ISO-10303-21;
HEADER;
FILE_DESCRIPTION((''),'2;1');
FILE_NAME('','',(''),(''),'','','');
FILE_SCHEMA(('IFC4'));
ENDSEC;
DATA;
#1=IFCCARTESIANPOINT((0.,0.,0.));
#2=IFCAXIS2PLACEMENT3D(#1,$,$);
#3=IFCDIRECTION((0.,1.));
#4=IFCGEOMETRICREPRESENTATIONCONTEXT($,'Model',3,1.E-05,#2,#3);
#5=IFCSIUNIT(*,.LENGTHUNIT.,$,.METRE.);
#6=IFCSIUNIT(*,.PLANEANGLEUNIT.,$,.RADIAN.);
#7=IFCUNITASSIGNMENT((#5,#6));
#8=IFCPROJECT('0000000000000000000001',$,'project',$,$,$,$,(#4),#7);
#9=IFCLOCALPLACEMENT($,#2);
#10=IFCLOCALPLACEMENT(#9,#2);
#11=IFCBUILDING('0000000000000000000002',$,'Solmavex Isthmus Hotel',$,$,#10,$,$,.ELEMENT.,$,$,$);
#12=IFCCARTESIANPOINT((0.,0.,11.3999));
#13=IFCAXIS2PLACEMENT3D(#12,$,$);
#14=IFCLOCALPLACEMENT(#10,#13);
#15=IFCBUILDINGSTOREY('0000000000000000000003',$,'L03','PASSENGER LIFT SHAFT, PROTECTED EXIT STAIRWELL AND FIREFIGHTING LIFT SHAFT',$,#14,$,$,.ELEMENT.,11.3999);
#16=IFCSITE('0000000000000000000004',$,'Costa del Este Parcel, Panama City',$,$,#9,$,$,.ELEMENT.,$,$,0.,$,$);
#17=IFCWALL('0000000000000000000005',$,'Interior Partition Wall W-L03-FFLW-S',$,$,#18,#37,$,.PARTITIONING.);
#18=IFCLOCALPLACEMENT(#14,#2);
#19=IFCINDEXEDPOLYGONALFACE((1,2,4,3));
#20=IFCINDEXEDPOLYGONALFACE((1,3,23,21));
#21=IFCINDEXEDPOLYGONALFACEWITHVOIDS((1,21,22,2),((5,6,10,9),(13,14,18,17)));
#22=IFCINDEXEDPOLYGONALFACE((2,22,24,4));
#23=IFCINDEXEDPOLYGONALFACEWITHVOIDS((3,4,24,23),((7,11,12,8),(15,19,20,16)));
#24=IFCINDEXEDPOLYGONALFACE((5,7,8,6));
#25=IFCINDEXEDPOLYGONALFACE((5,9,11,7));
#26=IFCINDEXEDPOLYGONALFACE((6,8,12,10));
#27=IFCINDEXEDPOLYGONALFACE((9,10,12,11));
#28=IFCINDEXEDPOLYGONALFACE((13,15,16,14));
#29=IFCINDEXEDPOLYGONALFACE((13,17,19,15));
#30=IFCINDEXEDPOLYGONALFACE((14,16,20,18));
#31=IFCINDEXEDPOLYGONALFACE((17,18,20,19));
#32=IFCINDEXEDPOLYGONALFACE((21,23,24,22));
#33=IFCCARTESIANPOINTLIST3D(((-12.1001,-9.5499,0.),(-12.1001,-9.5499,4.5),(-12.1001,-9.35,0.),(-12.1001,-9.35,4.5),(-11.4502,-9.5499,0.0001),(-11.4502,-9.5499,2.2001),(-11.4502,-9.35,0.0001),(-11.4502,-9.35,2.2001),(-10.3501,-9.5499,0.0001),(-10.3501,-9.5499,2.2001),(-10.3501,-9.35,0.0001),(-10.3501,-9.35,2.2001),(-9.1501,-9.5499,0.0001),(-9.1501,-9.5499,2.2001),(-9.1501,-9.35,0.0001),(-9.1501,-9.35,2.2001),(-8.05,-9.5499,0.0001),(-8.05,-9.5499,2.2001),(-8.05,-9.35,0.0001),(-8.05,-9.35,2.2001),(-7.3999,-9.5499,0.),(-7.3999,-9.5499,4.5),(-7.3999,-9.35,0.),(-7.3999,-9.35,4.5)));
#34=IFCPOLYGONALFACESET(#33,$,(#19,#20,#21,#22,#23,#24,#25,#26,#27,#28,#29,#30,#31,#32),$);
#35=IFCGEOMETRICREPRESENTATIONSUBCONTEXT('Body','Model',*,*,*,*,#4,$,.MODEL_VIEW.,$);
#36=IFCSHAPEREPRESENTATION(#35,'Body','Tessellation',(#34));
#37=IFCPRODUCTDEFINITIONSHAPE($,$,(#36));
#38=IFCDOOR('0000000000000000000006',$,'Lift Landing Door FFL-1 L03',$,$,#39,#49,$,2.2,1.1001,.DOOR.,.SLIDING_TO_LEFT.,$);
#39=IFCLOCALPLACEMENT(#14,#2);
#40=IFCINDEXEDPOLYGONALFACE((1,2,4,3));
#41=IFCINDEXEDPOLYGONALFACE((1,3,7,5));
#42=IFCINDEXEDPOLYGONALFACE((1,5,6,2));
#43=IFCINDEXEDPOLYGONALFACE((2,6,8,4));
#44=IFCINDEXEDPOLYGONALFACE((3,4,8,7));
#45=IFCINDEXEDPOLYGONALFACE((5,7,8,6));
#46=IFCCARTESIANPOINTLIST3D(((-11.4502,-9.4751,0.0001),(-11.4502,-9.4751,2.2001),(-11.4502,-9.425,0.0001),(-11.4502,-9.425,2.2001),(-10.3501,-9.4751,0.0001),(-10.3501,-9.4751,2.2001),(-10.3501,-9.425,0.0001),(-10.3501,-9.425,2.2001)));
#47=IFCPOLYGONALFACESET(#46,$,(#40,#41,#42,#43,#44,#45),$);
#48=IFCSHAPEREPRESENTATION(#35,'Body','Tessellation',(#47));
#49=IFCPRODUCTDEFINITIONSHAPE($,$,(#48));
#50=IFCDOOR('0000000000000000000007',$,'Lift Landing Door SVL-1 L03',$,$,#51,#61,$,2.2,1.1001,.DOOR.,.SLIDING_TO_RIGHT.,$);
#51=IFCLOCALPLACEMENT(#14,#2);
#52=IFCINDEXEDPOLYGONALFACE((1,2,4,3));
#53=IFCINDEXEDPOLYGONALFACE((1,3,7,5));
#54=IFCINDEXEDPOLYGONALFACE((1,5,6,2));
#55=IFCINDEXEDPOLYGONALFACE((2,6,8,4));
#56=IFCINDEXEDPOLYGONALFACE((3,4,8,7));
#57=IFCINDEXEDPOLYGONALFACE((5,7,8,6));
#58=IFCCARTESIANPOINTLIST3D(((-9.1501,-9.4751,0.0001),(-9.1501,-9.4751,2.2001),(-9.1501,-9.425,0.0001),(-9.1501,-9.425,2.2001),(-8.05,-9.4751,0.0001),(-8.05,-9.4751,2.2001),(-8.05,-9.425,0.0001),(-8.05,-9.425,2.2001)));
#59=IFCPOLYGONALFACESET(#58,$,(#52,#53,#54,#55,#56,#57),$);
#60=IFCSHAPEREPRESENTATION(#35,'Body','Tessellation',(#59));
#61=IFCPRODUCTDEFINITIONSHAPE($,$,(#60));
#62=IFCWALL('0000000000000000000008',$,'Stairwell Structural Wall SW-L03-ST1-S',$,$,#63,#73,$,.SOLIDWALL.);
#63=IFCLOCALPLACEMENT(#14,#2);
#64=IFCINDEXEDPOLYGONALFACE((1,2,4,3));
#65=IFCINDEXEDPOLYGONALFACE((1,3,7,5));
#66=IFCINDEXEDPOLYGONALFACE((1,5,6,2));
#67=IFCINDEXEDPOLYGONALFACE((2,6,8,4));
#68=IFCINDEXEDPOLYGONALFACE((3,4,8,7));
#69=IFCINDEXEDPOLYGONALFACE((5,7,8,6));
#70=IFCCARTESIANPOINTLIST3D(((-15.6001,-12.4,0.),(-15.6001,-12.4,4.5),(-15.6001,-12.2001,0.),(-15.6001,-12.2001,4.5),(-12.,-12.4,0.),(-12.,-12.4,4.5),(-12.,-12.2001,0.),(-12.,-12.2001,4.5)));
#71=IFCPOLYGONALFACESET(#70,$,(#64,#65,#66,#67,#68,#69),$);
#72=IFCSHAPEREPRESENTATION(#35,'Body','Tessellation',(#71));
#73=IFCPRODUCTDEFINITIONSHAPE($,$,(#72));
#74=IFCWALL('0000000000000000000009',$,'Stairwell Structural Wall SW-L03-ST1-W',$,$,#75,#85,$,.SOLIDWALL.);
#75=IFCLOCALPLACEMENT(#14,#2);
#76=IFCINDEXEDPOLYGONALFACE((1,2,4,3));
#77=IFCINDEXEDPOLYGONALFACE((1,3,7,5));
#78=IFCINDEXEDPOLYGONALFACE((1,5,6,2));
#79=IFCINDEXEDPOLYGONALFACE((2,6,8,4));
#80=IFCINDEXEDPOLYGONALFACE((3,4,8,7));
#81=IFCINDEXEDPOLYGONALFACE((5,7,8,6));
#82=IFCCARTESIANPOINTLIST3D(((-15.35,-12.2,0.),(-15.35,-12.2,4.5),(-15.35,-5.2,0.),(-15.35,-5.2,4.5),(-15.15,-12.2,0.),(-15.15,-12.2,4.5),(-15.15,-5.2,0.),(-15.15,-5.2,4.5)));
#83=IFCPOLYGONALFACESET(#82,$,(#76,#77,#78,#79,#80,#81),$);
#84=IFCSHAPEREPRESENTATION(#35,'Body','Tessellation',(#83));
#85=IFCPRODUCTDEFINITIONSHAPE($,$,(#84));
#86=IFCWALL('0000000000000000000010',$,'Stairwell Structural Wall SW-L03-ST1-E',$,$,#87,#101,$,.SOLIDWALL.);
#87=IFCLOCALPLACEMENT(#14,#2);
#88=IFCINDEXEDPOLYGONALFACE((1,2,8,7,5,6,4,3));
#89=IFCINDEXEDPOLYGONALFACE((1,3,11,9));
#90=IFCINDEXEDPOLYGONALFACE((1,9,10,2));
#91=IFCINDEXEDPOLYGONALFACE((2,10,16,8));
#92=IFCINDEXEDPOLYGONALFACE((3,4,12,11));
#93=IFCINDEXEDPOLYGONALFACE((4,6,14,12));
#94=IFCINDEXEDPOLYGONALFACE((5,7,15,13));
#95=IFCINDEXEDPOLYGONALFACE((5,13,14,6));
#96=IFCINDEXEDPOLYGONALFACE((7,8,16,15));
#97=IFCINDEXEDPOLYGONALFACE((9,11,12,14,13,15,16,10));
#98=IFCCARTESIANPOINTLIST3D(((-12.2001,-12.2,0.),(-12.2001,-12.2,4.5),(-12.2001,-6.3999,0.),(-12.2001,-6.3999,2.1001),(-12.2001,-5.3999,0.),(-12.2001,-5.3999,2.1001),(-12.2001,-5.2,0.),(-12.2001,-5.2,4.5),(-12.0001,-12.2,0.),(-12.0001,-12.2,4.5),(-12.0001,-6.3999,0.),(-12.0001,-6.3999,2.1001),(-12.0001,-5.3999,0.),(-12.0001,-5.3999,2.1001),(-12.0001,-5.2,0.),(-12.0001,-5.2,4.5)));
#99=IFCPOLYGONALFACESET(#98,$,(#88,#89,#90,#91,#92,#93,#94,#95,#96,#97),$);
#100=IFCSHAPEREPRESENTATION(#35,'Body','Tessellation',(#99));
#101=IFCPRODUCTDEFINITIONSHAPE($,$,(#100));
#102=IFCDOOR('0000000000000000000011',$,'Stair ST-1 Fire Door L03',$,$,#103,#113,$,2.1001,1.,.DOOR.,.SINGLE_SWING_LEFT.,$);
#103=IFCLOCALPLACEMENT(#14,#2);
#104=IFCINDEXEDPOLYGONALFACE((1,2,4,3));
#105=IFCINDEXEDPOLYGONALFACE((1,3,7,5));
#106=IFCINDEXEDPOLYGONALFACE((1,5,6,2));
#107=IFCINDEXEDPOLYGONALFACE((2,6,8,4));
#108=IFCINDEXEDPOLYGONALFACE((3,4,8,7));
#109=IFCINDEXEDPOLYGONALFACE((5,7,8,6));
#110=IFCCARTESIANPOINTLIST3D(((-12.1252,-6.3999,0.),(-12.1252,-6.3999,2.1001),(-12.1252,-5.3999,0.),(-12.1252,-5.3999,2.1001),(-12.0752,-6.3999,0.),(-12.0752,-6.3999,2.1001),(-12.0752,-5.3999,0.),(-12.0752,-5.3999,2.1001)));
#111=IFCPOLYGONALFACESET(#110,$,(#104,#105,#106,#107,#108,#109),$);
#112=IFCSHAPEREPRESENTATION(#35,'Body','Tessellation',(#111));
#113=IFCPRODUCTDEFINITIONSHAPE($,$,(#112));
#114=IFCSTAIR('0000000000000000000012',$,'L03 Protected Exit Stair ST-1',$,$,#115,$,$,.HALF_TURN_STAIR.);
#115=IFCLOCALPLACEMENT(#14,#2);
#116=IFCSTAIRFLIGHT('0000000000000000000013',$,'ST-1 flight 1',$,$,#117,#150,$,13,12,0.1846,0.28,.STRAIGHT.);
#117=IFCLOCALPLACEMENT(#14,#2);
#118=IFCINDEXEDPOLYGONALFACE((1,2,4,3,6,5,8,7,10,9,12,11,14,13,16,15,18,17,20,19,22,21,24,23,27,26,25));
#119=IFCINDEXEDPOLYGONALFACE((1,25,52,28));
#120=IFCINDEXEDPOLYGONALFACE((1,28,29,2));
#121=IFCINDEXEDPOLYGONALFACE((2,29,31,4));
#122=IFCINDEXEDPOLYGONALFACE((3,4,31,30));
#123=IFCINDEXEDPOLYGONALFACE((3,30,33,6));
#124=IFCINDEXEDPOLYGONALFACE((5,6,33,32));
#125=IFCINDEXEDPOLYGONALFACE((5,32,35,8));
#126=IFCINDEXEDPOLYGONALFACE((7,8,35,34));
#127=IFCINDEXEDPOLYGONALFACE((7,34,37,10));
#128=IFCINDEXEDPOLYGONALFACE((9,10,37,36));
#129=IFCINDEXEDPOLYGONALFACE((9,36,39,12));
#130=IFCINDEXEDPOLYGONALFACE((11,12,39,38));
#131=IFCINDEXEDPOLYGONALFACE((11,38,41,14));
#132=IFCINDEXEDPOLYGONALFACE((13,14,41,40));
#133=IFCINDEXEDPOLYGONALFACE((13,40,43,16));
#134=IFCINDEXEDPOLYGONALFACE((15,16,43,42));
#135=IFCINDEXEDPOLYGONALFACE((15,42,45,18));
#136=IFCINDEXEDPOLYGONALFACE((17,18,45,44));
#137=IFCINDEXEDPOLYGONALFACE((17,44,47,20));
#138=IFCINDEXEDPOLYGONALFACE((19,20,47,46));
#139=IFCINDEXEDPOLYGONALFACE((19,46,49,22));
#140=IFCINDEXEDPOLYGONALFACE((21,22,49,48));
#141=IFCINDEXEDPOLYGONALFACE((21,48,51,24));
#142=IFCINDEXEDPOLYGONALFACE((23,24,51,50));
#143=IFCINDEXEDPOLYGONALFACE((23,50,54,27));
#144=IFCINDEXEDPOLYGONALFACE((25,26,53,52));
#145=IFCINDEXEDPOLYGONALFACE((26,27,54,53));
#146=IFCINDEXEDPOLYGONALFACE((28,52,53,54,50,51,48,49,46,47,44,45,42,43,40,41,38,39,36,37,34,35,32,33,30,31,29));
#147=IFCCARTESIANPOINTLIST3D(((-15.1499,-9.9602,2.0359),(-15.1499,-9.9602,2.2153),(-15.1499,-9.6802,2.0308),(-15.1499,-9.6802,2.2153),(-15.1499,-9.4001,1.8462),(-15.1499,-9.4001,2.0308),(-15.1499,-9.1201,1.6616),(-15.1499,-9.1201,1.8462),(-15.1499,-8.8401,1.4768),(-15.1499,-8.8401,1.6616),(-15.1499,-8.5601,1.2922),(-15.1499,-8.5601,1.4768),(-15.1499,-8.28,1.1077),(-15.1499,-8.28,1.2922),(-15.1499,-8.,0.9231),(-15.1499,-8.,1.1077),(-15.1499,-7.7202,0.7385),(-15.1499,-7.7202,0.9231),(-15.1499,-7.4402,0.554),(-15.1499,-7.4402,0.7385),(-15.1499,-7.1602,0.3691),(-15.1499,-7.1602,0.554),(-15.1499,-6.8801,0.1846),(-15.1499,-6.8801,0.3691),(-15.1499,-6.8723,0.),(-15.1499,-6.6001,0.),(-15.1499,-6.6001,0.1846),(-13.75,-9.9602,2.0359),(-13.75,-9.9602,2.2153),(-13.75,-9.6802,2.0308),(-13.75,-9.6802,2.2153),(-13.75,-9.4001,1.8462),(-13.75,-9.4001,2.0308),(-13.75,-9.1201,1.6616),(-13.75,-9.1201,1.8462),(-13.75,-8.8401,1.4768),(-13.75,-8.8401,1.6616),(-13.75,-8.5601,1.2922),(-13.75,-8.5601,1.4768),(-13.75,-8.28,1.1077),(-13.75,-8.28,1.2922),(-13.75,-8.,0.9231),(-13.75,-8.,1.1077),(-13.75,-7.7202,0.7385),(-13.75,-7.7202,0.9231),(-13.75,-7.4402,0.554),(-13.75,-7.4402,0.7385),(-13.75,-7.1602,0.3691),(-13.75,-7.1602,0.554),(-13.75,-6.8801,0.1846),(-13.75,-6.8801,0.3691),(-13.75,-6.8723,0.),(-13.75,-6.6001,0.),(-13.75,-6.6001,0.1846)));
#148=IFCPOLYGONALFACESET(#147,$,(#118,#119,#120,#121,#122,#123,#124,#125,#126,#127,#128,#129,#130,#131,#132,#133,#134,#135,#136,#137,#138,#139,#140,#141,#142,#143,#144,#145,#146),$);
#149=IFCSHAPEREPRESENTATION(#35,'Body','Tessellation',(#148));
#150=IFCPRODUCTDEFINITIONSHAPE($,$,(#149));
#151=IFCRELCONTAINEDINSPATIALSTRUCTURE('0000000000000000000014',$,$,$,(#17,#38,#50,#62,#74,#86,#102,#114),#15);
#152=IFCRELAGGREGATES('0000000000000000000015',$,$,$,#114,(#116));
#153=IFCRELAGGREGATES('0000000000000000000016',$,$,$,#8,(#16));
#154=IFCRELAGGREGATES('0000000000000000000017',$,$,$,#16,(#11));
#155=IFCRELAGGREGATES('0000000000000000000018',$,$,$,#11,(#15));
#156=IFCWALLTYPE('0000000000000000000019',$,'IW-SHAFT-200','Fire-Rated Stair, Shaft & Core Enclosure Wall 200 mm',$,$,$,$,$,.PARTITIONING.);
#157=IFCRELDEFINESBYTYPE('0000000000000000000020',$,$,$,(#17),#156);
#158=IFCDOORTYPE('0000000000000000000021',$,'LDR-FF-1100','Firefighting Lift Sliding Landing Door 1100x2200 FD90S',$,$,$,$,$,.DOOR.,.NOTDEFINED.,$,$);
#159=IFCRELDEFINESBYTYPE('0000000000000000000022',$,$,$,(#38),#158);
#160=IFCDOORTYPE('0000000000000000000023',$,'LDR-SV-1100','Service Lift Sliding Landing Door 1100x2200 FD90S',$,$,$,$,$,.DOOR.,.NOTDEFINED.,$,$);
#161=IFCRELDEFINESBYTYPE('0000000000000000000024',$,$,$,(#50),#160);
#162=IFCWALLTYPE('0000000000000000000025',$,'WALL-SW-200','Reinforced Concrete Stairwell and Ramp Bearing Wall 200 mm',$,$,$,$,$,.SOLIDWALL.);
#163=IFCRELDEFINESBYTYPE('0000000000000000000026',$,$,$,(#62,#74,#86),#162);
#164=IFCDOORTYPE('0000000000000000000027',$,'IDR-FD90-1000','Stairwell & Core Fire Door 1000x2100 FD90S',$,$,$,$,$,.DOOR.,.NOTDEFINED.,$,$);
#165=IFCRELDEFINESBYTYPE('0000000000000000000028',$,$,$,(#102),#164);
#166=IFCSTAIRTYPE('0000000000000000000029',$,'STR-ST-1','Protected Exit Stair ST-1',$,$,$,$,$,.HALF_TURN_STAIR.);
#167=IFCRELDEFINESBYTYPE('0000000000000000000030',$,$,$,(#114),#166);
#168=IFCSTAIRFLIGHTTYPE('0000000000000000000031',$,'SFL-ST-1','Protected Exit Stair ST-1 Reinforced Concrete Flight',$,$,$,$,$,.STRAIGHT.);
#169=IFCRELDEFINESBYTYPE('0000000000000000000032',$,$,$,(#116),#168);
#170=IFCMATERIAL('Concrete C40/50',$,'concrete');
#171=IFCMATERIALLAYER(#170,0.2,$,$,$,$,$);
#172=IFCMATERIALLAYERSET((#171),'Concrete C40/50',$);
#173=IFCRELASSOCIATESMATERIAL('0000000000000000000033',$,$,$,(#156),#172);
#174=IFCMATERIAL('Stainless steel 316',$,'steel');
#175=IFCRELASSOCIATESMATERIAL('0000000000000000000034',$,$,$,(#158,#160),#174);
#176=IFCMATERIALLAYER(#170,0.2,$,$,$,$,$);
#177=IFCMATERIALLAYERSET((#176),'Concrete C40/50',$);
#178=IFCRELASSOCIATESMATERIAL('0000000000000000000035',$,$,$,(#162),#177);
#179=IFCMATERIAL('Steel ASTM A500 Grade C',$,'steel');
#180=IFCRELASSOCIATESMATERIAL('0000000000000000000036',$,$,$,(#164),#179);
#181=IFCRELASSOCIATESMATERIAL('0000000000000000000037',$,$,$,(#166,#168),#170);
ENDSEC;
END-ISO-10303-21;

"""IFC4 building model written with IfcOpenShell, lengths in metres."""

from ifc_helpers import new_model, si_unit, direction, frame, frame_2d, origin, place, context, subcontext, project, spatial, polyline, rectangle, outline, extrude, material, layer, layer_set, type_object, element, fill, aggregate, save


model = new_model("IFC4")

# Units and contexts
model_context = context("Model", 3, precision=1e-05, world=origin(), true_north=direction((0.0, 1.0)))
body_context = subcontext(model_context, "Body", "Model", "MODEL_VIEW")
ifc_project = project(units=[si_unit("LENGTHUNIT", "METRE"), si_unit("PLANEANGLEUNIT", "RADIAN")], contexts=[model_context])

# Site, building, storey
site_placement = place(None, origin())
site = spatial("IfcSite", under=ifc_project, at=site_placement, Name="Costa del Este Parcel, Panama City", CompositionType="ELEMENT", RefElevation=0.0)
building_placement = place(site_placement, origin())
building = spatial("IfcBuilding", under=site, at=building_placement, Name="Solmavex Isthmus Hotel", CompositionType="ELEMENT")
storey_placement = place(building_placement, frame((0.0, 0.0, 11.3999)))
storey = spatial("IfcBuildingStorey", under=building, at=storey_placement, Name="L03", Description="PASSENGER LIFT SHAFT, PROTECTED EXIT STAIRWELL AND FIREFIGHTING LIFT SHAFT", CompositionType="ELEMENT", Elevation=11.3999)

# Shared definitions
ifc_material_1 = material(Name="Concrete C40/50", Category="concrete")
ifc_layer_1 = layer(ifc_material_1, 0.2)
ifc_layer_set_1 = layer_set([ifc_layer_1], Name="Concrete C40/50")
wall_type_1 = type_object("IfcWallType", Name="IW-SHAFT-200", Description="Fire-Rated Stair, Shaft & Core Enclosure Wall 200 mm", PredefinedType="PARTITIONING", material=ifc_layer_set_1)
ifc_material_2 = material(Name="Steel ASTM A500 Grade C", Category="steel")

# Wall, openings, doors
wall_1_placement = place(storey_placement, frame((-12.1001, -9.45, 0.0), z_axis=(0.0, 0.0, 1.0), x_axis=(1.0, 0.0, 0.0)))
wall_1 = element("IfcWall", 1, at=wall_1_placement, inside=storey, type_object=wall_type_1, Name="Interior Partition Wall W-L03-FFLW-S", PredefinedType="PARTITIONING", context=body_context, shape_type="SweptSolid", body=[
    extrude(rectangle(XDim=4.7002, YDim=0.2, at=frame_2d((2.3501, 0.0))), origin(), (0.0, 0.0, 1.0), 4.5),
])
opening_1_placement = place(wall_1_placement, frame((0.6499, 0.0, 0.0)))
opening_1 = element("IfcOpeningElement", 2, at=opening_1_placement, cuts=wall_1, PredefinedType="OPENING", context=body_context, shape_type="SweptSolid", body=[
    extrude(rectangle(XDim=1.1001, YDim=2.2, at=frame_2d((0.55, 1.1001))), frame((0.0, 0.1099, 0.0), z_axis=(0.0, -1.0, 0.0), x_axis=(1.0, 0.0, 0.0)), (0.0, 0.0, 1.0), 0.22),
])
opening_2_placement = place(wall_1_placement, frame((2.95, 0.0, 0.0)))
opening_2 = element("IfcOpeningElement", 3, at=opening_2_placement, cuts=wall_1, PredefinedType="OPENING", context=body_context, shape_type="SweptSolid", body=[
    extrude(rectangle(XDim=1.1001, YDim=2.2, at=frame_2d((0.55, 1.1001))), frame((0.0, 0.1099, 0.0), z_axis=(0.0, -1.0, 0.0), x_axis=(1.0, 0.0, 0.0)), (0.0, 0.0, 1.0), 0.22),
])
ifc_material_3 = material(Name="Stainless steel 316", Category="steel")
door_type_1 = type_object("IfcDoorType", Name="LDR-FF-1100", Description="Firefighting Lift Sliding Landing Door 1100x2200 FD90S", OperationType="NOTDEFINED", PredefinedType="DOOR", material=ifc_material_3)
door_1_placement = place(opening_1_placement, origin())
door_1 = element("IfcDoor", 4, at=door_1_placement, inside=storey, type_object=door_type_1, Name="Lift Landing Door FFL-1 L03", OperationType="SLIDING_TO_LEFT", OverallHeight=2.2, OverallWidth=1.1001, PredefinedType="DOOR", context=body_context, shape_type="SweptSolid", body=[
    extrude(rectangle(XDim=1.1001, YDim=2.2, at=frame_2d((0.55, 1.1001))), frame((0.0, 0.0249, 0.0), z_axis=(0.0, -1.0, 0.0), x_axis=(1.0, 0.0, 0.0)), (0.0, 0.0, 1.0), 0.05),
])
fill(opening_1, door_1)
door_type_2 = type_object("IfcDoorType", Name="LDR-SV-1100", Description="Service Lift Sliding Landing Door 1100x2200 FD90S", OperationType="NOTDEFINED", PredefinedType="DOOR", material=ifc_material_3)
door_2_placement = place(opening_2_placement, origin())
door_2 = element("IfcDoor", 5, at=door_2_placement, inside=storey, type_object=door_type_2, Name="Lift Landing Door SVL-1 L03", OperationType="SLIDING_TO_RIGHT", OverallHeight=2.2, OverallWidth=1.1001, PredefinedType="DOOR", context=body_context, shape_type="SweptSolid", body=[
    extrude(rectangle(XDim=1.1001, YDim=2.2, at=frame_2d((0.55, 1.1001))), frame((0.0, 0.0249, 0.0), z_axis=(0.0, -1.0, 0.0), x_axis=(1.0, 0.0, 0.0)), (0.0, 0.0, 1.0), 0.05),
])
fill(opening_2, door_2)

# Walls
ifc_layer_2 = layer(ifc_material_1, 0.2)
ifc_layer_set_2 = layer_set([ifc_layer_2], Name="Concrete C40/50")
wall_type_2 = type_object("IfcWallType", Name="WALL-SW-200", Description="Reinforced Concrete Stairwell and Ramp Bearing Wall 200 mm", PredefinedType="SOLIDWALL", material=ifc_layer_set_2)
wall_2_placement = place(storey_placement, frame((-15.6001, -12.3, 0.0), z_axis=(0.0, 0.0, 1.0), x_axis=(1.0, 0.0, 0.0)))
element("IfcWall", 6, at=wall_2_placement, inside=storey, type_object=wall_type_2, Name="Stairwell Structural Wall SW-L03-ST1-S", PredefinedType="SOLIDWALL", context=body_context, shape_type="SweptSolid", body=[
    extrude(rectangle(XDim=3.6001, YDim=0.2, at=frame_2d((1.8, 0.0))), origin(), (0.0, 0.0, 1.0), 4.5),
])
wall_3_placement = place(storey_placement, frame((-15.25, -12.2, 0.0), z_axis=(0.0, 0.0, 1.0), x_axis=(0.0, 1.0, 0.0)))
element("IfcWall", 7, at=wall_3_placement, inside=storey, type_object=wall_type_2, Name="Stairwell Structural Wall SW-L03-ST1-W", PredefinedType="SOLIDWALL", context=body_context, shape_type="SweptSolid", body=[
    extrude(rectangle(XDim=7.0, YDim=0.2, at=frame_2d((3.5, 0.0))), origin(), (0.0, 0.0, 1.0), 4.5),
])

# Wall, opening, door
wall_4_placement = place(storey_placement, frame((-12.1001, -12.2, 0.0), z_axis=(0.0, 0.0, 1.0), x_axis=(0.0, 1.0, 0.0)))
wall_4 = element("IfcWall", 8, at=wall_4_placement, inside=storey, type_object=wall_type_2, Name="Stairwell Structural Wall SW-L03-ST1-E", PredefinedType="SOLIDWALL", context=body_context, shape_type="SweptSolid", body=[
    extrude(rectangle(XDim=7.0, YDim=0.2, at=frame_2d((3.5, 0.0))), origin(), (0.0, 0.0, 1.0), 4.5),
])
opening_3_placement = place(wall_4_placement, frame((5.8, 0.0, 0.0)))
opening_3 = element("IfcOpeningElement", 9, at=opening_3_placement, cuts=wall_4, PredefinedType="OPENING", context=body_context, shape_type="SweptSolid", body=[
    extrude(rectangle(XDim=1.0, YDim=2.1001, at=frame_2d((0.5, 1.05))), frame((0.0, 0.1099, 0.0), z_axis=(0.0, -1.0, 0.0), x_axis=(1.0, 0.0, 0.0)), (0.0, 0.0, 1.0), 0.22),
])
door_type_3 = type_object("IfcDoorType", Name="IDR-FD90-1000", Description="Stairwell & Core Fire Door 1000x2100 FD90S", OperationType="NOTDEFINED", PredefinedType="DOOR", material=ifc_material_2)
door_3_placement = place(opening_3_placement, frame((1.0, 0.0, 0.0), z_axis=(0.0, 0.0, 1.0), x_axis=(-1.0, 0.0, 0.0)))
door_3 = element("IfcDoor", 10, at=door_3_placement, inside=storey, type_object=door_type_3, Name="Stair ST-1 Fire Door L03", OperationType="SINGLE_SWING_LEFT", OverallHeight=2.1001, OverallWidth=1.0, PredefinedType="DOOR", context=body_context, shape_type="SweptSolid", body=[
    extrude(rectangle(XDim=1.0, YDim=2.1001, at=frame_2d((0.5, 1.05))), frame((0.0, 0.0249, 0.0), z_axis=(0.0, -1.0, 0.0), x_axis=(1.0, 0.0, 0.0)), (0.0, 0.0, 1.0), 0.05),
])
fill(opening_3, door_3)

# Stair, stair flight
stair_type = type_object("IfcStairType", Name="STR-ST-1", Description="Protected Exit Stair ST-1", PredefinedType="HALF_TURN_STAIR", material=ifc_material_1)
stair_placement = place(storey_placement, origin())
stair = element("IfcStair", 11, at=stair_placement, inside=storey, type_object=stair_type, Name="L03 Protected Exit Stair ST-1", PredefinedType="HALF_TURN_STAIR")
stair_flight_type = type_object("IfcStairFlightType", Name="SFL-ST-1", Description="Protected Exit Stair ST-1 Reinforced Concrete Flight", PredefinedType="STRAIGHT", material=ifc_material_1)
stair_flight_1_placement = place(storey_placement, frame((-14.45, -6.6001, 0.0), z_axis=(0.0, 0.0, 1.0), x_axis=(0.0, -1.0, 0.0)))
stair_flight_1 = element("IfcStairFlight", 12, at=stair_flight_1_placement, type_object=stair_flight_type, Name="ST-1 flight 1", NumberOfRisers=13, NumberOfTreads=12, PredefinedType="STRAIGHT", RiserHeight=0.1846, TreadLength=0.28, context=body_context, shape_type="SweptSolid", body=[
    extrude(outline(polyline([(0.0, 0.0), (0.0, 0.1846), (0.28, 0.1846), (0.28, 0.3691), (0.5601, 0.3691), (0.5601, 0.554), (0.8401, 0.554), (0.8401, 0.7385), (1.1201, 0.7385), (1.1201, 0.9231), (1.3999, 0.9231), (1.3999, 1.1077), (1.6799, 1.1077), (1.6799, 1.2922), (1.96, 1.2922), (1.96, 1.4768), (2.24, 1.4768), (2.24, 1.6616), (2.52, 1.6616), (2.52, 1.8462), (2.8, 1.8462), (2.8, 2.0308), (3.0801, 2.0308), (3.0801, 2.2153), (3.3601, 2.2153), (3.3601, 2.3999), (3.3601, 2.0359), (0.2722, 0.0), (0.0, 0.0)])), frame((0.0, 0.7, 0.0), z_axis=(0.0, -1.0, 0.0), x_axis=(1.0, 0.0, 0.0)), (0.0, 0.0, 1.0), 1.3999),
])
aggregate(stair, [stair_flight_1])

save(model, "model.ifc")
